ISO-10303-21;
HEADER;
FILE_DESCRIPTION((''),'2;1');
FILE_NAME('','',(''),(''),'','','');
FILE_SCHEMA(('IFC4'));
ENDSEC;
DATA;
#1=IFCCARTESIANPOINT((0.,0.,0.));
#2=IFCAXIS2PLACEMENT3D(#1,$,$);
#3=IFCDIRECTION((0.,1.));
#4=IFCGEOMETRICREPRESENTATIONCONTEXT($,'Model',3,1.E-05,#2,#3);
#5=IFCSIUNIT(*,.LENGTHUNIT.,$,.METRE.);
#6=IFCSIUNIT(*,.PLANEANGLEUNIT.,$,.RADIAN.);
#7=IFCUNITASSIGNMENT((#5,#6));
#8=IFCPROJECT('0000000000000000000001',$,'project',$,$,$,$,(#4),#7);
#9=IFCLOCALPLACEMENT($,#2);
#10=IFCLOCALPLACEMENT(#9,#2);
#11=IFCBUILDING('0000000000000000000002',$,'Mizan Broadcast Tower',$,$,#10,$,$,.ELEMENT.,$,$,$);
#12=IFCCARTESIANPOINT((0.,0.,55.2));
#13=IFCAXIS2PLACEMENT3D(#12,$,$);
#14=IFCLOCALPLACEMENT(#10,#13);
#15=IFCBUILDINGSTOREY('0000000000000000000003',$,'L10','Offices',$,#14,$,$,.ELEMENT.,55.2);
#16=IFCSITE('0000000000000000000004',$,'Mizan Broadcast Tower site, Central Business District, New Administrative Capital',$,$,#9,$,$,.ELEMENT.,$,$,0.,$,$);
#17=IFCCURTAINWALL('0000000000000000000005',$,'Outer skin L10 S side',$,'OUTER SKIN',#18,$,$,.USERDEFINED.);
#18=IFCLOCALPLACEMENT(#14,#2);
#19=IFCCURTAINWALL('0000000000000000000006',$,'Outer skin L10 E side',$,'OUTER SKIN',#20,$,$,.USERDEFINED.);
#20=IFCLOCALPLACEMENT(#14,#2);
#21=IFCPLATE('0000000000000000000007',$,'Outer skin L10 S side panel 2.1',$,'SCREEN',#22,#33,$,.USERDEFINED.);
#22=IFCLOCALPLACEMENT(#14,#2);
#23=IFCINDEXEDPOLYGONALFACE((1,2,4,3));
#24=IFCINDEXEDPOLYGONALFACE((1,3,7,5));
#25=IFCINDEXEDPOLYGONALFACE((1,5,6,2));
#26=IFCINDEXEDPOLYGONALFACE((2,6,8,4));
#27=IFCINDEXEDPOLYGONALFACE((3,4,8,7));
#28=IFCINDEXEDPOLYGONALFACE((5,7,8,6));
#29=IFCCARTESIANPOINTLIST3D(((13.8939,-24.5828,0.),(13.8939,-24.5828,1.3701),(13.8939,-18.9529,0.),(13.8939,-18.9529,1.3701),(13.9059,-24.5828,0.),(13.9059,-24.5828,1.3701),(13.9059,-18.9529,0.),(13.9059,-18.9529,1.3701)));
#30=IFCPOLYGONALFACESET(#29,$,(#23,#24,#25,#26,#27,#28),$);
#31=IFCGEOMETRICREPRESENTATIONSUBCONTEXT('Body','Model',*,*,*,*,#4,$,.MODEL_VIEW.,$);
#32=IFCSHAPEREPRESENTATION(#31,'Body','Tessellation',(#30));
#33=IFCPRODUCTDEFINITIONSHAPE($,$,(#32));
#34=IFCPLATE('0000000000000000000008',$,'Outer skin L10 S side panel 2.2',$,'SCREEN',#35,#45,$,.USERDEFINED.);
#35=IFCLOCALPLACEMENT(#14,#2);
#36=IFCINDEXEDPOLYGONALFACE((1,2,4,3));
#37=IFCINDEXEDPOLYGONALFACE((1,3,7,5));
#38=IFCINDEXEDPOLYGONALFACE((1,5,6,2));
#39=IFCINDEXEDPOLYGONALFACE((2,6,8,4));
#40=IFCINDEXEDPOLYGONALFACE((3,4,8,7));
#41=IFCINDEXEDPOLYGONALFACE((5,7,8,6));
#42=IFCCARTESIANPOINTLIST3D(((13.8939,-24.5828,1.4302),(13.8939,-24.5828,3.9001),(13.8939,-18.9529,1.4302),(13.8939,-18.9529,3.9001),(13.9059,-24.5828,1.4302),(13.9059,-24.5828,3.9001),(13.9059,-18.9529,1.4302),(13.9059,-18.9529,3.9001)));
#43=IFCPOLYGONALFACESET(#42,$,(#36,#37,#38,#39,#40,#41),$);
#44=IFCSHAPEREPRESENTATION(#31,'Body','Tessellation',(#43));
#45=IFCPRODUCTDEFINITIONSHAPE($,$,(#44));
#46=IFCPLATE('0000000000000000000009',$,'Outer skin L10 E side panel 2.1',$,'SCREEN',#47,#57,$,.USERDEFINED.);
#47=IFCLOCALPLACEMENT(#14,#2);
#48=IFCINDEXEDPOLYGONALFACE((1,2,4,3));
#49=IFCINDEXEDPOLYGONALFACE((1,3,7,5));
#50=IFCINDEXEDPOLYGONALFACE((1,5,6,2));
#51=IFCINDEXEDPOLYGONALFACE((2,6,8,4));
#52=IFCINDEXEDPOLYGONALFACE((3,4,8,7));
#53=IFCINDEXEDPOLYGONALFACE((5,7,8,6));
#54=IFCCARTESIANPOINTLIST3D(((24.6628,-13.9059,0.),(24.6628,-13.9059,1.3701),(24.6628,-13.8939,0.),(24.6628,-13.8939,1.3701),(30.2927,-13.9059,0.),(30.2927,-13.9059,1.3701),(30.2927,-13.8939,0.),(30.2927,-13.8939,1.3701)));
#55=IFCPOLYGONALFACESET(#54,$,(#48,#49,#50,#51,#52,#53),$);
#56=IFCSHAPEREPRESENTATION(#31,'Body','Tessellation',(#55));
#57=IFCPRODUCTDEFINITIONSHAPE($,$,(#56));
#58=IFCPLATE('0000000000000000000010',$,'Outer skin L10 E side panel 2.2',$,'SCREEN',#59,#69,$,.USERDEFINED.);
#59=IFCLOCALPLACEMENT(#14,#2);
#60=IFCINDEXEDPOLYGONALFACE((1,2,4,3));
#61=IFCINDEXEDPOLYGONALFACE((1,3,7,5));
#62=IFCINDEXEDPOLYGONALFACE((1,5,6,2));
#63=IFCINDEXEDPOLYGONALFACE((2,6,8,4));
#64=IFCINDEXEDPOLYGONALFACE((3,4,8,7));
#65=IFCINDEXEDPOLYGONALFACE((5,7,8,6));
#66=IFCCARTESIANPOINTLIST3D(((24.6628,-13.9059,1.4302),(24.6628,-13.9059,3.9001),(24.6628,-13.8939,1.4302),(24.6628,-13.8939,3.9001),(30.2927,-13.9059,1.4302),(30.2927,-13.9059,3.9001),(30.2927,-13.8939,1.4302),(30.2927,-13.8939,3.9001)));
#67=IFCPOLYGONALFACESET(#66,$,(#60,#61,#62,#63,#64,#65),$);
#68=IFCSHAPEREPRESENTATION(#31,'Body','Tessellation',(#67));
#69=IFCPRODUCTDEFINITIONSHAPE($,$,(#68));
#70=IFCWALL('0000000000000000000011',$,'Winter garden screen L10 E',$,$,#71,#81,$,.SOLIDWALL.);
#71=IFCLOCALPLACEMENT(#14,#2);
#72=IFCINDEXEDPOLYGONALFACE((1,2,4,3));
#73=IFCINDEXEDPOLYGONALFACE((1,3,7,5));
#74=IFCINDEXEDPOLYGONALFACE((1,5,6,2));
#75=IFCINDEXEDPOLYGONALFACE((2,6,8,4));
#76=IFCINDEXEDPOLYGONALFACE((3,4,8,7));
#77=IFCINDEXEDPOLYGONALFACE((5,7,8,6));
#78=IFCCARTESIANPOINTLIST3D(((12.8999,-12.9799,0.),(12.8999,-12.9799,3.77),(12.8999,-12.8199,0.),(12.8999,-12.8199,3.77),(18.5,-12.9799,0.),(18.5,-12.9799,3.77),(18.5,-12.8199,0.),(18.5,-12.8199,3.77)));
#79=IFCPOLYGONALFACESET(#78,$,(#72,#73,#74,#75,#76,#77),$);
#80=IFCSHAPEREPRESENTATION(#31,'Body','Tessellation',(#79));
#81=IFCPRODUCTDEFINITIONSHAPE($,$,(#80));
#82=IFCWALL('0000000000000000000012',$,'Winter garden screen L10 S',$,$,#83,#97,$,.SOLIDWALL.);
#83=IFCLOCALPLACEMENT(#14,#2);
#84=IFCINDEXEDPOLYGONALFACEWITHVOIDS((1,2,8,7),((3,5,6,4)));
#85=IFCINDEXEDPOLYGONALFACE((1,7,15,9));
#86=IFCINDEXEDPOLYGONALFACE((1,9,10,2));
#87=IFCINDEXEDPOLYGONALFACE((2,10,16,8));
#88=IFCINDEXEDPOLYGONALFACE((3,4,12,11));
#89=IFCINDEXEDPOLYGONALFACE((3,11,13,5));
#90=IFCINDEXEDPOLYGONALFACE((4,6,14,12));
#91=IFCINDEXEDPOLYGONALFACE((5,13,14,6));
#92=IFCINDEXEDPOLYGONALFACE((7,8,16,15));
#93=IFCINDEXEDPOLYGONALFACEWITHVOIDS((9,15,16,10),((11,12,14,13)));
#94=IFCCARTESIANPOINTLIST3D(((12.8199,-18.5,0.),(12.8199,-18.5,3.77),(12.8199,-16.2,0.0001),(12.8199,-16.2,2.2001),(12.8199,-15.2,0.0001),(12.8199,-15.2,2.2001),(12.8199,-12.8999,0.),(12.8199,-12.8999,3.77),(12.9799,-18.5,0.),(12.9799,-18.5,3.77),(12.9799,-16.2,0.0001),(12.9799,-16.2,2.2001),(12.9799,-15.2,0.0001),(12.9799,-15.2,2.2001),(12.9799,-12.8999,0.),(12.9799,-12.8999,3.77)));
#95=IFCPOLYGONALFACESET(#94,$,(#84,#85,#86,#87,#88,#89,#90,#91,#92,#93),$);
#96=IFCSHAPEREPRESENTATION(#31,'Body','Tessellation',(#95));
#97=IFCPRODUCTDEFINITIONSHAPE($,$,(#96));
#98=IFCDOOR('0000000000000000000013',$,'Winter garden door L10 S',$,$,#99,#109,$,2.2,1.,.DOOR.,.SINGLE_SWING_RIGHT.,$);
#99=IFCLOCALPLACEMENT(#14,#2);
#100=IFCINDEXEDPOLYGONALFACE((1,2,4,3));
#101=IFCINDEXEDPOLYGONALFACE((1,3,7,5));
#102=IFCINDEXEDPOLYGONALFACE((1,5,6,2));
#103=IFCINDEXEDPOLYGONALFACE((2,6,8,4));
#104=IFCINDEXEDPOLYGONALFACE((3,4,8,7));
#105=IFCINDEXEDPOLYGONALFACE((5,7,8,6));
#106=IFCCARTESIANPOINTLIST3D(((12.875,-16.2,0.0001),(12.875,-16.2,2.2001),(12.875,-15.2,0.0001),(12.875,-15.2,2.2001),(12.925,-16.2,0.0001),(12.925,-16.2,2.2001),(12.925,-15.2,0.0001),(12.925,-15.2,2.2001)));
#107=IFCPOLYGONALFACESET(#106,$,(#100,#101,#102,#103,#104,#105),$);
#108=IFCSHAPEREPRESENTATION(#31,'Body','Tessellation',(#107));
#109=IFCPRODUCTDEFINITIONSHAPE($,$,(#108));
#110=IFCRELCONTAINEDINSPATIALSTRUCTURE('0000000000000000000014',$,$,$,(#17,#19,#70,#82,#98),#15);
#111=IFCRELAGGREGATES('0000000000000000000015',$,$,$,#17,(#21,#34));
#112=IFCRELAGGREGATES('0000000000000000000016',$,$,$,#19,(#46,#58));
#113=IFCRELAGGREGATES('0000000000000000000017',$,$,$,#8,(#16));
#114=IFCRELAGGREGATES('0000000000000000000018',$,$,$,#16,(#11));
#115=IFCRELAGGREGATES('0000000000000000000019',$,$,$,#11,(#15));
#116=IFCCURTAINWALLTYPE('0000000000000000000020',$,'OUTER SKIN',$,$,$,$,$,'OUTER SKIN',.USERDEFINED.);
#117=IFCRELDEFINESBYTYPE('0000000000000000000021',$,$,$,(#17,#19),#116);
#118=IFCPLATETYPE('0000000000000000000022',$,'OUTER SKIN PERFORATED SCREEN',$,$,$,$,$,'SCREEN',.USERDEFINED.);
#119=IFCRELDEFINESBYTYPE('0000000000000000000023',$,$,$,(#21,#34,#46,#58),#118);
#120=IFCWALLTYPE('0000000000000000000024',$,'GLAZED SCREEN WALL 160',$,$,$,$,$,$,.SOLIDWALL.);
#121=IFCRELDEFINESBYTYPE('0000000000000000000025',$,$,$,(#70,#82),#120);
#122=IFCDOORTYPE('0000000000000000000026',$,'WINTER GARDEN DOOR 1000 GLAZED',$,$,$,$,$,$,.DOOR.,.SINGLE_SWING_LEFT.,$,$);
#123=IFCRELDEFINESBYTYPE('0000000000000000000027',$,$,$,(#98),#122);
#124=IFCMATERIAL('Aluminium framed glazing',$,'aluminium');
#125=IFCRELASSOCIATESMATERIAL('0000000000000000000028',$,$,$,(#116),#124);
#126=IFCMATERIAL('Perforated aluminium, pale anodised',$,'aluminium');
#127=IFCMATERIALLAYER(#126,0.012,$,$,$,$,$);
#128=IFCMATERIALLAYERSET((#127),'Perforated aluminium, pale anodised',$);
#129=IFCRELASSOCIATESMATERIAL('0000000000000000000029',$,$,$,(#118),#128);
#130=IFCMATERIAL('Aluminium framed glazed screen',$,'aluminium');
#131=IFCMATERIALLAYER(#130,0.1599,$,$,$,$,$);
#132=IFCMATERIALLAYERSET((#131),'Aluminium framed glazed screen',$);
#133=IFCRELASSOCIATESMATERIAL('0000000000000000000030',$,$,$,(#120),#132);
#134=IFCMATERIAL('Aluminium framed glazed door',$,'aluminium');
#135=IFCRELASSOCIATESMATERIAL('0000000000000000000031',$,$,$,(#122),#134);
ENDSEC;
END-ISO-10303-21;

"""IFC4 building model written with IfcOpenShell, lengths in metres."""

from ifc_helpers import new_model, si_unit, direction, frame, frame_2d, origin, origin_2d, place, context, subcontext, project, spatial, rectangle, extrude, material, layer, layer_set, type_object, element, fill, aggregate, save


model = new_model("IFC4")

# Units and contexts
model_context = context("Model", 3, precision=1e-05, world=origin(), true_north=direction((0.0, 1.0)))
body_context = subcontext(model_context, "Body", "Model", "MODEL_VIEW")
ifc_project = project(units=[si_unit("LENGTHUNIT", "METRE"), si_unit("PLANEANGLEUNIT", "RADIAN")], contexts=[model_context])

# Site, building, storey
site_placement = place(None, origin())
site = spatial("IfcSite", under=ifc_project, at=site_placement, Name="Mizan Broadcast Tower site, Central Business District, New Administrative Capital", CompositionType="ELEMENT", RefElevation=0.0)
building_placement = place(site_placement, origin())
building = spatial("IfcBuilding", under=site, at=building_placement, Name="Mizan Broadcast Tower", CompositionType="ELEMENT")
storey_placement = place(building_placement, frame((0.0, 0.0, 55.2)))
storey = spatial("IfcBuildingStorey", under=building, at=storey_placement, Name="L10", Description="Offices", CompositionType="ELEMENT", Elevation=55.2)

# Shared definitions
ifc_material_1 = material(Name="Aluminium framed glazing", Category="aluminium")
curtain_wall_type_1 = type_object("IfcCurtainWallType", Name="OUTER SKIN", ElementType="OUTER SKIN", PredefinedType="USERDEFINED", material=ifc_material_1)

# Curtain wall
curtain_wall_1_placement = place(storey_placement, origin())
curtain_wall_1 = element("IfcCurtainWall", 1, at=curtain_wall_1_placement, inside=storey, type_object=curtain_wall_type_1, Name="Outer skin L10 S side", ObjectType="OUTER SKIN", PredefinedType="USERDEFINED")

# Curtain wall
curtain_wall_2_placement = place(storey_placement, origin())
curtain_wall_2 = element("IfcCurtainWall", 2, at=curtain_wall_2_placement, inside=storey, type_object=curtain_wall_type_1, Name="Outer skin L10 E side", ObjectType="OUTER SKIN", PredefinedType="USERDEFINED")

# Plates
ifc_material_2 = material(Name="Perforated aluminium, pale anodised", Category="aluminium")
ifc_layer_1 = layer(ifc_material_2, 0.012)
ifc_layer_set_1 = layer_set([ifc_layer_1], Name="Perforated aluminium, pale anodised")
plate_type_1 = type_object("IfcPlateType", Name="OUTER SKIN PERFORATED SCREEN", ElementType="SCREEN", PredefinedType="USERDEFINED", material=ifc_layer_set_1)
plate_1_placement = place(storey_placement, frame((13.8999, -21.7678, 0.0), z_axis=(0.0, 0.0, 1.0), x_axis=(0.0, 1.0, 0.0)))
plate_1 = element("IfcPlate", 3, at=plate_1_placement, type_object=plate_type_1, Name="Outer skin L10 S side panel 2.1", ObjectType="SCREEN", PredefinedType="USERDEFINED", context=body_context, shape_type="SweptSolid", body=[
    extrude(rectangle(XDim=5.6299, YDim=0.012, at=origin_2d()), origin(), (0.0, 0.0, 1.0), 1.3701),
])
plate_2_placement = place(storey_placement, frame((13.8999, -21.7678, 1.4302), z_axis=(0.0, 0.0, 1.0), x_axis=(0.0, 1.0, 0.0)))
plate_2 = element("IfcPlate", 4, at=plate_2_placement, type_object=plate_type_1, Name="Outer skin L10 S side panel 2.2", ObjectType="SCREEN", PredefinedType="USERDEFINED", context=body_context, shape_type="SweptSolid", body=[
    extrude(rectangle(XDim=5.6299, YDim=0.012, at=origin_2d()), origin(), (0.0, 0.0, 1.0), 2.47),
])
aggregate(curtain_wall_1, [plate_1, plate_2])
plate_3_placement = place(storey_placement, frame((27.4778, -13.8999, 0.0), z_axis=(0.0, 0.0, 1.0), x_axis=(1.0, 0.0, 0.0)))
plate_3 = element("IfcPlate", 5, at=plate_3_placement, type_object=plate_type_1, Name="Outer skin L10 E side panel 2.1", ObjectType="SCREEN", PredefinedType="USERDEFINED", context=body_context, shape_type="SweptSolid", body=[
    extrude(rectangle(XDim=5.6299, YDim=0.012, at=origin_2d()), origin(), (0.0, 0.0, 1.0), 1.3701),
])
plate_4_placement = place(storey_placement, frame((27.4778, -13.8999, 1.4302), z_axis=(0.0, 0.0, 1.0), x_axis=(1.0, 0.0, 0.0)))
plate_4 = element("IfcPlate", 6, at=plate_4_placement, type_object=plate_type_1, Name="Outer skin L10 E side panel 2.2", ObjectType="SCREEN", PredefinedType="USERDEFINED", context=body_context, shape_type="SweptSolid", body=[
    extrude(rectangle(XDim=5.6299, YDim=0.012, at=origin_2d()), origin(), (0.0, 0.0, 1.0), 2.47),
])
aggregate(curtain_wall_2, [plate_3, plate_4])

# Wall
ifc_material_3 = material(Name="Aluminium framed glazed screen", Category="aluminium")
ifc_layer_2 = layer(ifc_material_3, 0.1599)
ifc_layer_set_2 = layer_set([ifc_layer_2], Name="Aluminium framed glazed screen")
wall_type = type_object("IfcWallType", Name="GLAZED SCREEN WALL 160", PredefinedType="SOLIDWALL", material=ifc_layer_set_2)
wall_1_placement = place(storey_placement, frame((12.8999, -12.8999, 0.0), z_axis=(0.0, 0.0, 1.0), x_axis=(1.0, 0.0, 0.0)))
element("IfcWall", 7, at=wall_1_placement, inside=storey, type_object=wall_type, Name="Winter garden screen L10 E", PredefinedType="SOLIDWALL", context=body_context, shape_type="SweptSolid", body=[
    extrude(rectangle(XDim=5.6001, YDim=0.1599, at=frame_2d((2.8, 0.0))), origin(), (0.0, 0.0, 1.0), 3.77),
])

# Wall, opening, door
wall_2_placement = place(storey_placement, frame((12.8999, -18.5, 0.0), z_axis=(0.0, 0.0, 1.0), x_axis=(0.0, 1.0, 0.0)))
wall_2 = element("IfcWall", 8, at=wall_2_placement, inside=storey, type_object=wall_type, Name="Winter garden screen L10 S", PredefinedType="SOLIDWALL", context=body_context, shape_type="SweptSolid", body=[
    extrude(rectangle(XDim=5.6001, YDim=0.1599, at=frame_2d((2.8, 0.0))), origin(), (0.0, 0.0, 1.0), 3.77),
])
opening_placement = place(wall_2_placement, frame((2.3, 0.0, 0.0)))
opening = element("IfcOpeningElement", 9, at=opening_placement, cuts=wall_2, PredefinedType="OPENING", context=body_context, shape_type="SweptSolid", body=[
    extrude(rectangle(XDim=1.0, YDim=2.2, at=frame_2d((0.5, 1.1001))), frame((0.0, 0.0898, 0.0), z_axis=(0.0, -1.0, 0.0), x_axis=(1.0, 0.0, 0.0)), (0.0, 0.0, 1.0), 0.1799),
])
ifc_material_4 = material(Name="Aluminium framed glazed door", Category="aluminium")
door_type = type_object("IfcDoorType", Name="WINTER GARDEN DOOR 1000 GLAZED", OperationType="SINGLE_SWING_LEFT", PredefinedType="DOOR", material=ifc_material_4)
door_placement = place(opening_placement, origin())
door = element("IfcDoor", 10, at=door_placement, inside=storey, type_object=door_type, Name="Winter garden door L10 S", OperationType="SINGLE_SWING_RIGHT", OverallHeight=2.2, OverallWidth=1.0, PredefinedType="DOOR", context=body_context, shape_type="SweptSolid", body=[
    extrude(rectangle(XDim=1.0, YDim=2.2, at=frame_2d((0.5, 1.1001))), frame((0.0, 0.0249, 0.0), z_axis=(0.0, -1.0, 0.0), x_axis=(1.0, 0.0, 0.0)), (0.0, 0.0, 1.0), 0.05),
])
fill(opening, door)

save(model, "model.ifc")
